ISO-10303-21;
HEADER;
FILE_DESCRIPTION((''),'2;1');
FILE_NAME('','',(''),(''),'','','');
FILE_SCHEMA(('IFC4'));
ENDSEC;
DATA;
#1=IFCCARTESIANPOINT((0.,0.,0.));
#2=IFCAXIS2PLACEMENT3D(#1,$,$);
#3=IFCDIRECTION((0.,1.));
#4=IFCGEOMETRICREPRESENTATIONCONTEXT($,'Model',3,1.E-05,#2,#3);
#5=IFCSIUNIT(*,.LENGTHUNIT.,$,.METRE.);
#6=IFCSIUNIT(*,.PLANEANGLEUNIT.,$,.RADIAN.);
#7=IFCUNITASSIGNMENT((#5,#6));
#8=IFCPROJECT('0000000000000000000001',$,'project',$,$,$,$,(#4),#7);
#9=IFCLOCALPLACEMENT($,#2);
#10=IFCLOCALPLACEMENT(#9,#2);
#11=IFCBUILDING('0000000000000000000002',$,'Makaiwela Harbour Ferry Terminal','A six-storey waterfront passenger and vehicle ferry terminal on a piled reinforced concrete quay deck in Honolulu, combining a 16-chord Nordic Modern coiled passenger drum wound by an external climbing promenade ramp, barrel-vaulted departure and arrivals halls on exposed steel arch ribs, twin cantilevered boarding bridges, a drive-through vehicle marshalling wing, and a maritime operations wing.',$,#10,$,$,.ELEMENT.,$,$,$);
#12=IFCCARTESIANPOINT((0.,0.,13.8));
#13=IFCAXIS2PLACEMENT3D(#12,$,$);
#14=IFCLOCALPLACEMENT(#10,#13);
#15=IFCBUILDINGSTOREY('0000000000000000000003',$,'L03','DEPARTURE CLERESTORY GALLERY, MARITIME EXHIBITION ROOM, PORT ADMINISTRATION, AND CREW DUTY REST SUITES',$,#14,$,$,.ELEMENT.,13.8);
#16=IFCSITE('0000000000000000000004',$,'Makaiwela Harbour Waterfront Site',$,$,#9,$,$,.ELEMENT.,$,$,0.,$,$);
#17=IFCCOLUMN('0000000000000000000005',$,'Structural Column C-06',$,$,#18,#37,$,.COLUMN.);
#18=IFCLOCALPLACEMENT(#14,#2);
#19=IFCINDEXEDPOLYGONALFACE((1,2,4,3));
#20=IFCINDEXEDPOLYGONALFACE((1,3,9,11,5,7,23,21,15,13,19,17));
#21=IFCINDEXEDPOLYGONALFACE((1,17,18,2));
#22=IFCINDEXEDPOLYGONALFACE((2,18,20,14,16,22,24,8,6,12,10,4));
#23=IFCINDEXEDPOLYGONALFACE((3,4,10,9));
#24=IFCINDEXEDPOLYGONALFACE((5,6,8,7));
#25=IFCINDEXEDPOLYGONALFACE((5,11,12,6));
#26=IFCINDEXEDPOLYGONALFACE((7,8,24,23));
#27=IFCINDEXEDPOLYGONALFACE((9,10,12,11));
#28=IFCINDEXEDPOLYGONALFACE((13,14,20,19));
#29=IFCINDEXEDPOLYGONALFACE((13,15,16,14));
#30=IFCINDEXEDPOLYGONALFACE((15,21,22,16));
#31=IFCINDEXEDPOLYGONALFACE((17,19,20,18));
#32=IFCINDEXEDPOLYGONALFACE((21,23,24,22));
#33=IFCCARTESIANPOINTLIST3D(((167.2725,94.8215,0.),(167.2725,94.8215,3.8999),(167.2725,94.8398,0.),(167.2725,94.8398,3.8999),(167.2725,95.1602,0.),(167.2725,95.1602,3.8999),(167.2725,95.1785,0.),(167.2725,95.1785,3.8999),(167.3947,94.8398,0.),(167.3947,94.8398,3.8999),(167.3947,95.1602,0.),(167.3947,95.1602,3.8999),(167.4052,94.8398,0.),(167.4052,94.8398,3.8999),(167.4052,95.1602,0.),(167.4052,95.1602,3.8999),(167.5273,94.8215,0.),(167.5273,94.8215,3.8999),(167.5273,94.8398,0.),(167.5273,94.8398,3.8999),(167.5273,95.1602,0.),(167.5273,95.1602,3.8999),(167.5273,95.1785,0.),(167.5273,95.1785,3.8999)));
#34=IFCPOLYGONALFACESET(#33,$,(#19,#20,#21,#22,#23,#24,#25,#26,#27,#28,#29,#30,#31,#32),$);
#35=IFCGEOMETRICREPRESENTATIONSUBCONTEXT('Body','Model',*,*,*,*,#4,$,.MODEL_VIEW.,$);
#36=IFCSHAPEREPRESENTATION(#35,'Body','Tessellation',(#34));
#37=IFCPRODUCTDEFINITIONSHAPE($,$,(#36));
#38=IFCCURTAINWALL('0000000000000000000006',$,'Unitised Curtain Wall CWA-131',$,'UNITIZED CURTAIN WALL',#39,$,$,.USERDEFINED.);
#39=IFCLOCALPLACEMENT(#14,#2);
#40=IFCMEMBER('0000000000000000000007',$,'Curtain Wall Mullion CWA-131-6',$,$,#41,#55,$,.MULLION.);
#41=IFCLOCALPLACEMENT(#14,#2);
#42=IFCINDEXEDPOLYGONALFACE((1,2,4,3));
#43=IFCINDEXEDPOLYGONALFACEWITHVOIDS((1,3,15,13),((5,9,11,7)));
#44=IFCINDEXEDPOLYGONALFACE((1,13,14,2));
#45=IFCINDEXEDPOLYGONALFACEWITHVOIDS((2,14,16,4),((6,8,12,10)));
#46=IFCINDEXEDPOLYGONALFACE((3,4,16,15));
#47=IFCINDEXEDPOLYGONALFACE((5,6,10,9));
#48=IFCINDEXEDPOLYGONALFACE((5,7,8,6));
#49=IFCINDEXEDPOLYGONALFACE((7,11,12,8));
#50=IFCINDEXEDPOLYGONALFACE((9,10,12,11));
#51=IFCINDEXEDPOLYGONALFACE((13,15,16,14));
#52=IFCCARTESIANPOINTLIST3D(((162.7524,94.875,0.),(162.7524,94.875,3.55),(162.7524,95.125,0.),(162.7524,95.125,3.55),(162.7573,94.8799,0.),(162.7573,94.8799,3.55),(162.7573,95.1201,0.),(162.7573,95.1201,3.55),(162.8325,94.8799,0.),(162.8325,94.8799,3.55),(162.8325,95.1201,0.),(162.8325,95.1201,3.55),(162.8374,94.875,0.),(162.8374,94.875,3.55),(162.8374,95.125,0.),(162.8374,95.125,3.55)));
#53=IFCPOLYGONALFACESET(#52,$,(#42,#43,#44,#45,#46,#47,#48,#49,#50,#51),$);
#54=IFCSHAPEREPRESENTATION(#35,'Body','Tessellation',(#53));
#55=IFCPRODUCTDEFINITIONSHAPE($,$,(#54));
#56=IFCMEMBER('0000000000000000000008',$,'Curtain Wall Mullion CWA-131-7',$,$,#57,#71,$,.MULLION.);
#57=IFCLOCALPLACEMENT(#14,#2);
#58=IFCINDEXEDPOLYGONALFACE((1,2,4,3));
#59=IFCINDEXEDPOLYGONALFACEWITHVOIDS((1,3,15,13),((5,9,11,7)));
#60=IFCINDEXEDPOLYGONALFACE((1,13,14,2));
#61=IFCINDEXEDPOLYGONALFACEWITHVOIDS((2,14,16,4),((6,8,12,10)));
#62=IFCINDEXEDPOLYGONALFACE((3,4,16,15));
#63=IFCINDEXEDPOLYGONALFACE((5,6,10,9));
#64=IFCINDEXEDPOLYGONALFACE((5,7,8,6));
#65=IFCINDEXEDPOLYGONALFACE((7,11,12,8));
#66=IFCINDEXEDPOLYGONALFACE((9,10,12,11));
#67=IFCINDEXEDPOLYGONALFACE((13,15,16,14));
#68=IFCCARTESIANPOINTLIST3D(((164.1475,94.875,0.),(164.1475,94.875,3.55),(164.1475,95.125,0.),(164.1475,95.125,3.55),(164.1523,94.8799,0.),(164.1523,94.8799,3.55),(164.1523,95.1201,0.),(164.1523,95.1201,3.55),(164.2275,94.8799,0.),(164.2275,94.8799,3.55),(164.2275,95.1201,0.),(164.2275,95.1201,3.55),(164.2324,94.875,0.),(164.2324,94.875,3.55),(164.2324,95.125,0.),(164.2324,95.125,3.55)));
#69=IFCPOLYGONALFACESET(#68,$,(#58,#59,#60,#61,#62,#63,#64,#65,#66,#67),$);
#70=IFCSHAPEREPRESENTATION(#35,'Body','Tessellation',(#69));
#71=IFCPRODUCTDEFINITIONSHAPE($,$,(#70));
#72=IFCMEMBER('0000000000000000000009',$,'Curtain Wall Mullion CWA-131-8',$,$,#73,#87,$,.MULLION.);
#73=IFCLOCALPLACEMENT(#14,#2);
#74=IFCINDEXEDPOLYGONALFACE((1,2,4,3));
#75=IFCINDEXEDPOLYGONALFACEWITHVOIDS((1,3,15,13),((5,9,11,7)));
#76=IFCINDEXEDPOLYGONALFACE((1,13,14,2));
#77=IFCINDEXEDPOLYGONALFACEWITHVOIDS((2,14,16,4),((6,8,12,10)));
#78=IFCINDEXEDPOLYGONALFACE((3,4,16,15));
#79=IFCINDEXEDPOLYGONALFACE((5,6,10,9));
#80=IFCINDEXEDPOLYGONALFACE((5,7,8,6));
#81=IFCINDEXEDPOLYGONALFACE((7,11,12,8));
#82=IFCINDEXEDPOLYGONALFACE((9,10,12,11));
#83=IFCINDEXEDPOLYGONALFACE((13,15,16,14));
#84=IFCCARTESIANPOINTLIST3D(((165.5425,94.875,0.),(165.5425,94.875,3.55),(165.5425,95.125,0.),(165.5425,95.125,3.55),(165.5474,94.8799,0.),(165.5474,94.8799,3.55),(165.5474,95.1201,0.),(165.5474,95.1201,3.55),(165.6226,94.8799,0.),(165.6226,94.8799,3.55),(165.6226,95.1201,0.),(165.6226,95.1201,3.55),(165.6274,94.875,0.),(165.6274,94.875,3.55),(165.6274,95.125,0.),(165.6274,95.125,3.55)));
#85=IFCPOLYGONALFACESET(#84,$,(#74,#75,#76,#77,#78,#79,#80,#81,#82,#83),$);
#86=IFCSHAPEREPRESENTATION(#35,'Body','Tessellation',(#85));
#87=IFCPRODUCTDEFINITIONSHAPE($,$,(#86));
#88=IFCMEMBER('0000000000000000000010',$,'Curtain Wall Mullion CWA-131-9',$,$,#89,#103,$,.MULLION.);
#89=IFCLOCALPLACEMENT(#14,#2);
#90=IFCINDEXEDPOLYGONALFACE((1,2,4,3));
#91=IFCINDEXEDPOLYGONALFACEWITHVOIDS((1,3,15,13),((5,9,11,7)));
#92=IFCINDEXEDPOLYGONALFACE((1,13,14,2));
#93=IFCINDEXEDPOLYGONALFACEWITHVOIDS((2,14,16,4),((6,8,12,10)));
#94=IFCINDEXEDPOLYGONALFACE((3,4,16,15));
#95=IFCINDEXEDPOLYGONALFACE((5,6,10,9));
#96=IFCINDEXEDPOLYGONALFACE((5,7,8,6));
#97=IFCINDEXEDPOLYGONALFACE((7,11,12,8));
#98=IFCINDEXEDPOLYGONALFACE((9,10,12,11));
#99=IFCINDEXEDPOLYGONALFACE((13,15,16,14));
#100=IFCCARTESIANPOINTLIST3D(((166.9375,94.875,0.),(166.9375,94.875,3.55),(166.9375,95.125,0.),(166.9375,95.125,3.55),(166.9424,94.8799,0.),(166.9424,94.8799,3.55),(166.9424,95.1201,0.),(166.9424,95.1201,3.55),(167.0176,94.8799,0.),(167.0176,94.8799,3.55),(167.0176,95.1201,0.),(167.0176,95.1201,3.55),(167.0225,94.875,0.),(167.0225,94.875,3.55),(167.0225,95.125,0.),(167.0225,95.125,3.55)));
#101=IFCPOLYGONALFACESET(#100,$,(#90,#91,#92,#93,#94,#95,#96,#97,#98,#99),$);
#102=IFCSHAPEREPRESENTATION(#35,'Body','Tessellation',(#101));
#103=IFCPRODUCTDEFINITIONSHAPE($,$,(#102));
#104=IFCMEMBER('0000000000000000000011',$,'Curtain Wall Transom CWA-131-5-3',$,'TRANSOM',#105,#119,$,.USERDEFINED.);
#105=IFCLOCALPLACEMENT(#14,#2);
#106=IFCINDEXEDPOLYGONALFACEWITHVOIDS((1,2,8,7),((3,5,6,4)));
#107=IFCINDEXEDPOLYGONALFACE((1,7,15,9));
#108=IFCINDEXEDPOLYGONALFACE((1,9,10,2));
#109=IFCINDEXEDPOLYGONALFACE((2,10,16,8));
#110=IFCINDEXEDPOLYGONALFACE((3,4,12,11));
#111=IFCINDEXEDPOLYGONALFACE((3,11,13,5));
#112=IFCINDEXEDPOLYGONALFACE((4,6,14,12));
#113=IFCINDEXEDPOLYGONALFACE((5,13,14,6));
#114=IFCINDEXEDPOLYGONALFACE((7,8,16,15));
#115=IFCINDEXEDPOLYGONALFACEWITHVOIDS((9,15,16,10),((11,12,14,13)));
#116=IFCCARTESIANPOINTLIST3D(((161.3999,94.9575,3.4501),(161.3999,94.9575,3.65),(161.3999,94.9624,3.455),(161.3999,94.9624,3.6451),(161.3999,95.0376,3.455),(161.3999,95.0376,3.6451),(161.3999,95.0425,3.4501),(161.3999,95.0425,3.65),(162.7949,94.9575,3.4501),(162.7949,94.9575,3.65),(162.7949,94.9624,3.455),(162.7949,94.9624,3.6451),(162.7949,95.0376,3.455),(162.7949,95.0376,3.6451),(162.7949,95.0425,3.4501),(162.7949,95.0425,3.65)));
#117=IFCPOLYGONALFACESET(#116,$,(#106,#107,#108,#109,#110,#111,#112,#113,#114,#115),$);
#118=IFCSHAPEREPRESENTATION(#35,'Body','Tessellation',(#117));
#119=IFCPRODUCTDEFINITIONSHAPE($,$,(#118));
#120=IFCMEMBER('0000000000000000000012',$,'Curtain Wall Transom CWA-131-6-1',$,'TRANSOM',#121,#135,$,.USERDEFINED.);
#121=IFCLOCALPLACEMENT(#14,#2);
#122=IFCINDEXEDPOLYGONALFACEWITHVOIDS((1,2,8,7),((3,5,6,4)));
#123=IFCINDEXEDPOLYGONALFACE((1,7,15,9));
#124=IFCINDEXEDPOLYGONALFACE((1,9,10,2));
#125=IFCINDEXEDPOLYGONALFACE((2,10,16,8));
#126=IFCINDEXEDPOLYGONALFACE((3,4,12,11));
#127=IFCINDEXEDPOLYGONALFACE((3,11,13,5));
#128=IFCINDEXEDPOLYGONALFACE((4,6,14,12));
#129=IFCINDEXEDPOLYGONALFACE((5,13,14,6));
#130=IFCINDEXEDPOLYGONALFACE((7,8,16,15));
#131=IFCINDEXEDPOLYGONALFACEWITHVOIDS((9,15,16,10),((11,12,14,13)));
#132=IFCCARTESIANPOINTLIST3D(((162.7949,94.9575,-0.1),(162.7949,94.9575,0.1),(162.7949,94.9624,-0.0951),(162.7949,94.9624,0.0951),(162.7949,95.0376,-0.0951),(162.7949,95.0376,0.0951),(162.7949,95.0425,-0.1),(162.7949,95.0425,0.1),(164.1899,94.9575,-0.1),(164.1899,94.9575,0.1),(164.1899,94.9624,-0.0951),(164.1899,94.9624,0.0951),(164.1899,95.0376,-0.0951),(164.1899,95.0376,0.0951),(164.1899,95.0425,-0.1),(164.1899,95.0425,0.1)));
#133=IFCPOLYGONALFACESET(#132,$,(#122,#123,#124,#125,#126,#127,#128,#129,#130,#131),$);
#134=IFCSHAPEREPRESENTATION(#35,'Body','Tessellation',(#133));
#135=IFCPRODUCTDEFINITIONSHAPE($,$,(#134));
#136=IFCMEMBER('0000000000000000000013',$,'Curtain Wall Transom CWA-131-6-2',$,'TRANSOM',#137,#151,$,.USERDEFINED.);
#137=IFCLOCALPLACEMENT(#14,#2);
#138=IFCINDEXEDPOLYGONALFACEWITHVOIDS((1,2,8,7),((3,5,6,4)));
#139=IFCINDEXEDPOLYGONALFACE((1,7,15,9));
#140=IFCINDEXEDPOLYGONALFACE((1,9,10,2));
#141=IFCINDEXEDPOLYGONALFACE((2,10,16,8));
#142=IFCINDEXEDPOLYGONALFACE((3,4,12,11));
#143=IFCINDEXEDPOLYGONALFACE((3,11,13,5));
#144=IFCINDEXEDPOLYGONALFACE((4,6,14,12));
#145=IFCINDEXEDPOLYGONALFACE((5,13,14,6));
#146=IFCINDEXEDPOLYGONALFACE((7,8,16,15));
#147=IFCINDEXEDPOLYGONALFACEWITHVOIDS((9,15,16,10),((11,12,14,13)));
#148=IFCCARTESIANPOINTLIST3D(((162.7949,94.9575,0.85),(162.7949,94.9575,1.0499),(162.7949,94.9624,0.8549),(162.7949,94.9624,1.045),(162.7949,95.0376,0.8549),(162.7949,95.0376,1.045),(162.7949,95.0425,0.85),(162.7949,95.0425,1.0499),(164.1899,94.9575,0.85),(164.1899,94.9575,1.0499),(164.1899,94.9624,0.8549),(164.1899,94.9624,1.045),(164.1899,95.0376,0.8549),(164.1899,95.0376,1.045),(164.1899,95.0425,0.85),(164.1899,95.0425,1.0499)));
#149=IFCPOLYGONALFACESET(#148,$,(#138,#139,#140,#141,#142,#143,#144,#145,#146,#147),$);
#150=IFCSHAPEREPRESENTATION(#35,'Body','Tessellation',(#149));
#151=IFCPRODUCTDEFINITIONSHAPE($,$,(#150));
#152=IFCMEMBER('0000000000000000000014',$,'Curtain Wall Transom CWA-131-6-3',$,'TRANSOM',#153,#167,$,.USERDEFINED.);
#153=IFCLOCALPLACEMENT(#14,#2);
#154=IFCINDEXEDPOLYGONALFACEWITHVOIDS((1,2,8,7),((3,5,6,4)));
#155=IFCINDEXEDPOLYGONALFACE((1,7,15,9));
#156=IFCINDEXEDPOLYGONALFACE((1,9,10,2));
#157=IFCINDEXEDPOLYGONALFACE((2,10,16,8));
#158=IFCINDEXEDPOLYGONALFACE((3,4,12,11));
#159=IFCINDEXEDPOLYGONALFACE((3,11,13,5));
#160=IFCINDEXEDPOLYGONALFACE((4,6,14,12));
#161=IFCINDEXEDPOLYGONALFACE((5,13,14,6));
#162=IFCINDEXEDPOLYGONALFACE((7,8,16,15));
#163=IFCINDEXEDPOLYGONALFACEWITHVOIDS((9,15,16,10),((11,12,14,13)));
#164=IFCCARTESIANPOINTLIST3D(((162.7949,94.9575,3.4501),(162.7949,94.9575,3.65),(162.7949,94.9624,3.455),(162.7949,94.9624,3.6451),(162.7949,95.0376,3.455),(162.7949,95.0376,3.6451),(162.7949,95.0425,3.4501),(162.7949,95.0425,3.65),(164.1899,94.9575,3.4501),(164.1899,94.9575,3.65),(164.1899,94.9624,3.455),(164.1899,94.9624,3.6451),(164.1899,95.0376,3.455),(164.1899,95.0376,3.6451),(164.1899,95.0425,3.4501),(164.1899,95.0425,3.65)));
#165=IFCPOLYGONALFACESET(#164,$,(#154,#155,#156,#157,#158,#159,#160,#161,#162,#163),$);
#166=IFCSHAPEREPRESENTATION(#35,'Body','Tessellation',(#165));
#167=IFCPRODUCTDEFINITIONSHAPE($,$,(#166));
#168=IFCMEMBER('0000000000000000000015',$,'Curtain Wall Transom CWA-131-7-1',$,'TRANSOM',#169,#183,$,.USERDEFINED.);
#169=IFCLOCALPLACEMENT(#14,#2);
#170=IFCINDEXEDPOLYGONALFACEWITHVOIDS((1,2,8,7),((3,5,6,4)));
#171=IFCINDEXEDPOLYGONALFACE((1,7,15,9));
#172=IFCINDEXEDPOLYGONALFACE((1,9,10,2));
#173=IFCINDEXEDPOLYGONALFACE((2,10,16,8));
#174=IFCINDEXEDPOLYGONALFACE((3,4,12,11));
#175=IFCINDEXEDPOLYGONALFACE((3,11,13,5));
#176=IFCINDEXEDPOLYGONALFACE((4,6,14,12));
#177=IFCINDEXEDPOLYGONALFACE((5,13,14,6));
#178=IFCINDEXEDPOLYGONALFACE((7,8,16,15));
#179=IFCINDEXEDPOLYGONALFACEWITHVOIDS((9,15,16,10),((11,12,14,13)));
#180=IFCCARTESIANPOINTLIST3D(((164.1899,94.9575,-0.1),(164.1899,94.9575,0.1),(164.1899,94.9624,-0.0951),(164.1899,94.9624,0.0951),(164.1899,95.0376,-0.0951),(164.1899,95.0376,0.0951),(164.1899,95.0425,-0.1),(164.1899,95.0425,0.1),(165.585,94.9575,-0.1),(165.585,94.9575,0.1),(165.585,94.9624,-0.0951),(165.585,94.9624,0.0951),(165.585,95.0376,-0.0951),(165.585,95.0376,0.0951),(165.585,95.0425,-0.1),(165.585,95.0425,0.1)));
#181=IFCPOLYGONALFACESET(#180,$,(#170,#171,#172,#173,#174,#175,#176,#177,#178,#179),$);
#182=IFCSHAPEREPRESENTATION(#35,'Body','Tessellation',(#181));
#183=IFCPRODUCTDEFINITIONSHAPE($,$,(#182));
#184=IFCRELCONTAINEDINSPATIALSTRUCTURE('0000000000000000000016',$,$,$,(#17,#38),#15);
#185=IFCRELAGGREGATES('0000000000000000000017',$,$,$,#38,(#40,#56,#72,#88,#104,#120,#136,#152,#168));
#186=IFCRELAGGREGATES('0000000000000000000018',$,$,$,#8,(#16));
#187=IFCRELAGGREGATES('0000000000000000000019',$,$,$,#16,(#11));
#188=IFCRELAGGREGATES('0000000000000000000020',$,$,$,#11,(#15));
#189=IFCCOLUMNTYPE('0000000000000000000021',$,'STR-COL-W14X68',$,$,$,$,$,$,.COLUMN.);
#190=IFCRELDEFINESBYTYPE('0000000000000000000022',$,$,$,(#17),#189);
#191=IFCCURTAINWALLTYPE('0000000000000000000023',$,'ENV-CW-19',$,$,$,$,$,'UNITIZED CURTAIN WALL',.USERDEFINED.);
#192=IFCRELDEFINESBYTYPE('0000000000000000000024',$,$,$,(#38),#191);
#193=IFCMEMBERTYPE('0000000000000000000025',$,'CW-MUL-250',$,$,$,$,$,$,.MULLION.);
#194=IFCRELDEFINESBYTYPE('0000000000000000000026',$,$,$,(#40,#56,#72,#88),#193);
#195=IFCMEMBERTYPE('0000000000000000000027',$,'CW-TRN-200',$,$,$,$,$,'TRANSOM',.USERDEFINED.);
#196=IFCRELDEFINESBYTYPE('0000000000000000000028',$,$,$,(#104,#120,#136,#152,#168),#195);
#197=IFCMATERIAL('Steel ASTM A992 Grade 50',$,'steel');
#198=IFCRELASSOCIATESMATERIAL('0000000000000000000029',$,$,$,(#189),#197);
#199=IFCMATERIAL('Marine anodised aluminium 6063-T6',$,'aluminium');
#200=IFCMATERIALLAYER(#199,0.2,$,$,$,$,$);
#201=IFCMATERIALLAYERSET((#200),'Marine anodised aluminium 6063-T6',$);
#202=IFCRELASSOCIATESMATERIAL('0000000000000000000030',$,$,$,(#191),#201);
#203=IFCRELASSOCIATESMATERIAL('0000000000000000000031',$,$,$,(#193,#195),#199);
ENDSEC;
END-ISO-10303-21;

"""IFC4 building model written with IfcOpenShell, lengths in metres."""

from ifc_helpers import new_model, si_unit, direction, frame, origin, origin_2d, place, context, subcontext, project, spatial, hollow_rectangle, i_section, extrude, material, layer, layer_set, material_profile, profile_set, type_object, element, aggregate, save


model = new_model("IFC4")

# Units and contexts
model_context = context("Model", 3, precision=1e-05, world=origin(), true_north=direction((0.0, 1.0)))
body_context = subcontext(model_context, "Body", "Model", "MODEL_VIEW")
ifc_project = project(units=[si_unit("LENGTHUNIT", "METRE"), si_unit("PLANEANGLEUNIT", "RADIAN")], contexts=[model_context])

# Site, building, storey
site_placement = place(None, origin())
site = spatial("IfcSite", under=ifc_project, at=site_placement, Name="Makaiwela Harbour Waterfront Site", CompositionType="ELEMENT", RefElevation=0.0)
building_placement = place(site_placement, origin())
building = spatial("IfcBuilding", under=site, at=building_placement, Name="Makaiwela Harbour Ferry Terminal", Description="A six-storey waterfront passenger and vehicle ferry terminal on a piled reinforced concrete quay deck in Honolulu, combining a 16-chord Nordic Modern coiled passenger drum wound by an external climbing promenade ramp, barrel-vaulted departure and arrivals halls on exposed steel arch ribs, twin cantilevered boarding bridges, a drive-through vehicle marshalling wing, and a maritime operations wing.", CompositionType="ELEMENT")
storey_placement = place(building_placement, frame((0.0, 0.0, 13.8)))
storey = spatial("IfcBuildingStorey", under=building, at=storey_placement, Name="L03", Description="DEPARTURE CLERESTORY GALLERY, MARITIME EXHIBITION ROOM, PORT ADMINISTRATION, AND CREW DUTY REST SUITES", CompositionType="ELEMENT", Elevation=13.8)

# Column
ifc_material_1 = material(Name="Steel ASTM A992 Grade 50", Category="steel")
ifc_material_profile_1 = material_profile(ifc_material_1, i_section(OverallWidth=0.2549, OverallDepth=0.3569, WebThickness=0.0105, FlangeThickness=0.0183, at=origin_2d()), Name="W14X68")
ifc_profile_set_1 = profile_set([ifc_material_profile_1], Name="Steel ASTM A992 Grade 50")
column_type = type_object("IfcColumnType", Name="STR-COL-W14X68", PredefinedType="COLUMN", material=ifc_profile_set_1)
column_placement = place(storey_placement, frame((167.3999, 95.0, 0.0), z_axis=(0.0, 0.0, 1.0), x_axis=(1.0, 0.0, 0.0)))
element("IfcColumn", 1, at=column_placement, inside=storey, type_object=column_type, Name="Structural Column C-06", PredefinedType="COLUMN", context=body_context, shape_type="SweptSolid", body=[
    extrude(i_section(OverallWidth=0.2549, OverallDepth=0.3569, WebThickness=0.0105, FlangeThickness=0.0183, at=origin_2d()), origin(), (0.0, 0.0, 1.0), 3.8999),
])

# Curtain wall, members
ifc_material_2 = material(Name="Marine anodised aluminium 6063-T6", Category="aluminium")
ifc_layer_1 = layer(ifc_material_2, 0.2)
ifc_layer_set_1 = layer_set([ifc_layer_1], Name="Marine anodised aluminium 6063-T6")
curtain_wall_type = type_object("IfcCurtainWallType", Name="ENV-CW-19", ElementType="UNITIZED CURTAIN WALL", PredefinedType="USERDEFINED", material=ifc_layer_set_1)
curtain_wall_placement = place(storey_placement, origin())
curtain_wall = element("IfcCurtainWall", 2, at=curtain_wall_placement, inside=storey, type_object=curtain_wall_type, Name="Unitised Curtain Wall CWA-131", ObjectType="UNITIZED CURTAIN WALL", PredefinedType="USERDEFINED")
ifc_material_profile_2 = material_profile(ifc_material_2, hollow_rectangle(XDim=0.085, YDim=0.25, WallThickness=0.0049, at=origin_2d()), Name="CWM-250X85")
ifc_profile_set_2 = profile_set([ifc_material_profile_2], Name="Marine anodised aluminium 6063-T6")
member_type_1 = type_object("IfcMemberType", Name="CW-MUL-250", PredefinedType="MULLION", material=ifc_profile_set_2)
member_1_placement = place(storey_placement, frame((162.7949, 95.0, 0.0), z_axis=(0.0, 0.0, 1.0), x_axis=(1.0, 0.0, 0.0)))
member_1 = element("IfcMember", 3, at=member_1_placement, type_object=member_type_1, Name="Curtain Wall Mullion CWA-131-6", PredefinedType="MULLION", context=body_context, shape_type="SweptSolid", body=[
    extrude(hollow_rectangle(XDim=0.085, YDim=0.25, WallThickness=0.0049, at=origin_2d()), origin(), (0.0, 0.0, 1.0), 3.55),
])
member_2_placement = place(storey_placement, frame((164.1899, 95.0, 0.0), z_axis=(0.0, 0.0, 1.0), x_axis=(1.0, 0.0, 0.0)))
member_2 = element("IfcMember", 4, at=member_2_placement, type_object=member_type_1, Name="Curtain Wall Mullion CWA-131-7", PredefinedType="MULLION", context=body_context, shape_type="SweptSolid", body=[
    extrude(hollow_rectangle(XDim=0.085, YDim=0.25, WallThickness=0.0049, at=origin_2d()), origin(), (0.0, 0.0, 1.0), 3.55),
])
member_3_placement = place(storey_placement, frame((165.585, 95.0, 0.0), z_axis=(0.0, 0.0, 1.0), x_axis=(1.0, 0.0, 0.0)))
member_3 = element("IfcMember", 5, at=member_3_placement, type_object=member_type_1, Name="Curtain Wall Mullion CWA-131-8", PredefinedType="MULLION", context=body_context, shape_type="SweptSolid", body=[
    extrude(hollow_rectangle(XDim=0.085, YDim=0.25, WallThickness=0.0049, at=origin_2d()), origin(), (0.0, 0.0, 1.0), 3.55),
])
member_4_placement = place(storey_placement, frame((166.98, 95.0, 0.0), z_axis=(0.0, 0.0, 1.0), x_axis=(1.0, 0.0, 0.0)))
member_4 = element("IfcMember", 6, at=member_4_placement, type_object=member_type_1, Name="Curtain Wall Mullion CWA-131-9", PredefinedType="MULLION", context=body_context, shape_type="SweptSolid", body=[
    extrude(hollow_rectangle(XDim=0.085, YDim=0.25, WallThickness=0.0049, at=origin_2d()), origin(), (0.0, 0.0, 1.0), 3.55),
])
ifc_material_profile_3 = material_profile(ifc_material_2, hollow_rectangle(XDim=0.085, YDim=0.2, WallThickness=0.0049, at=origin_2d()), Name="CWT-200X85")
ifc_profile_set_3 = profile_set([ifc_material_profile_3], Name="Marine anodised aluminium 6063-T6")
member_type_2 = type_object("IfcMemberType", Name="CW-TRN-200", ElementType="TRANSOM", PredefinedType="USERDEFINED", material=ifc_profile_set_3)
member_5_placement = place(storey_placement, frame((161.3999, 95.0, 3.55), z_axis=(1.0, 0.0, 0.0), x_axis=(0.0, 1.0, 0.0)))
member_5 = element("IfcMember", 7, at=member_5_placement, type_object=member_type_2, Name="Curtain Wall Transom CWA-131-5-3", ObjectType="TRANSOM", PredefinedType="USERDEFINED", context=body_context, shape_type="SweptSolid", body=[
    extrude(hollow_rectangle(XDim=0.085, YDim=0.2, WallThickness=0.0049, at=origin_2d()), origin(), (0.0, 0.0, 1.0), 1.395),
])
member_6_placement = place(storey_placement, frame((162.7949, 95.0, 0.0), z_axis=(1.0, 0.0, 0.0), x_axis=(0.0, 1.0, 0.0)))
member_6 = element("IfcMember", 8, at=member_6_placement, type_object=member_type_2, Name="Curtain Wall Transom CWA-131-6-1", ObjectType="TRANSOM", PredefinedType="USERDEFINED", context=body_context, shape_type="SweptSolid", body=[
    extrude(hollow_rectangle(XDim=0.085, YDim=0.2, WallThickness=0.0049, at=origin_2d()), origin(), (0.0, 0.0, 1.0), 1.395),
])
member_7_placement = place(storey_placement, frame((162.7949, 95.0, 0.95), z_axis=(1.0, 0.0, 0.0), x_axis=(0.0, 1.0, 0.0)))
member_7 = element("IfcMember", 9, at=member_7_placement, type_object=member_type_2, Name="Curtain Wall Transom CWA-131-6-2", ObjectType="TRANSOM", PredefinedType="USERDEFINED", context=body_context, shape_type="SweptSolid", body=[
    extrude(hollow_rectangle(XDim=0.085, YDim=0.2, WallThickness=0.0049, at=origin_2d()), origin(), (0.0, 0.0, 1.0), 1.395),
])
member_8_placement = place(storey_placement, frame((162.7949, 95.0, 3.55), z_axis=(1.0, 0.0, 0.0), x_axis=(0.0, 1.0, 0.0)))
member_8 = element("IfcMember", 10, at=member_8_placement, type_object=member_type_2, Name="Curtain Wall Transom CWA-131-6-3", ObjectType="TRANSOM", PredefinedType="USERDEFINED", context=body_context, shape_type="SweptSolid", body=[
    extrude(hollow_rectangle(XDim=0.085, YDim=0.2, WallThickness=0.0049, at=origin_2d()), origin(), (0.0, 0.0, 1.0), 1.395),
])
member_9_placement = place(storey_placement, frame((164.1899, 95.0, 0.0), z_axis=(1.0, 0.0, 0.0), x_axis=(0.0, 1.0, 0.0)))
member_9 = element("IfcMember", 11, at=member_9_placement, type_object=member_type_2, Name="Curtain Wall Transom CWA-131-7-1", ObjectType="TRANSOM", PredefinedType="USERDEFINED", context=body_context, shape_type="SweptSolid", body=[
    extrude(hollow_rectangle(XDim=0.085, YDim=0.2, WallThickness=0.0049, at=origin_2d()), origin(), (0.0, 0.0, 1.0), 1.395),
])
aggregate(curtain_wall, [member_1, member_2, member_3, member_4, member_5, member_6, member_7, member_8, member_9])

save(model, "model.ifc")
